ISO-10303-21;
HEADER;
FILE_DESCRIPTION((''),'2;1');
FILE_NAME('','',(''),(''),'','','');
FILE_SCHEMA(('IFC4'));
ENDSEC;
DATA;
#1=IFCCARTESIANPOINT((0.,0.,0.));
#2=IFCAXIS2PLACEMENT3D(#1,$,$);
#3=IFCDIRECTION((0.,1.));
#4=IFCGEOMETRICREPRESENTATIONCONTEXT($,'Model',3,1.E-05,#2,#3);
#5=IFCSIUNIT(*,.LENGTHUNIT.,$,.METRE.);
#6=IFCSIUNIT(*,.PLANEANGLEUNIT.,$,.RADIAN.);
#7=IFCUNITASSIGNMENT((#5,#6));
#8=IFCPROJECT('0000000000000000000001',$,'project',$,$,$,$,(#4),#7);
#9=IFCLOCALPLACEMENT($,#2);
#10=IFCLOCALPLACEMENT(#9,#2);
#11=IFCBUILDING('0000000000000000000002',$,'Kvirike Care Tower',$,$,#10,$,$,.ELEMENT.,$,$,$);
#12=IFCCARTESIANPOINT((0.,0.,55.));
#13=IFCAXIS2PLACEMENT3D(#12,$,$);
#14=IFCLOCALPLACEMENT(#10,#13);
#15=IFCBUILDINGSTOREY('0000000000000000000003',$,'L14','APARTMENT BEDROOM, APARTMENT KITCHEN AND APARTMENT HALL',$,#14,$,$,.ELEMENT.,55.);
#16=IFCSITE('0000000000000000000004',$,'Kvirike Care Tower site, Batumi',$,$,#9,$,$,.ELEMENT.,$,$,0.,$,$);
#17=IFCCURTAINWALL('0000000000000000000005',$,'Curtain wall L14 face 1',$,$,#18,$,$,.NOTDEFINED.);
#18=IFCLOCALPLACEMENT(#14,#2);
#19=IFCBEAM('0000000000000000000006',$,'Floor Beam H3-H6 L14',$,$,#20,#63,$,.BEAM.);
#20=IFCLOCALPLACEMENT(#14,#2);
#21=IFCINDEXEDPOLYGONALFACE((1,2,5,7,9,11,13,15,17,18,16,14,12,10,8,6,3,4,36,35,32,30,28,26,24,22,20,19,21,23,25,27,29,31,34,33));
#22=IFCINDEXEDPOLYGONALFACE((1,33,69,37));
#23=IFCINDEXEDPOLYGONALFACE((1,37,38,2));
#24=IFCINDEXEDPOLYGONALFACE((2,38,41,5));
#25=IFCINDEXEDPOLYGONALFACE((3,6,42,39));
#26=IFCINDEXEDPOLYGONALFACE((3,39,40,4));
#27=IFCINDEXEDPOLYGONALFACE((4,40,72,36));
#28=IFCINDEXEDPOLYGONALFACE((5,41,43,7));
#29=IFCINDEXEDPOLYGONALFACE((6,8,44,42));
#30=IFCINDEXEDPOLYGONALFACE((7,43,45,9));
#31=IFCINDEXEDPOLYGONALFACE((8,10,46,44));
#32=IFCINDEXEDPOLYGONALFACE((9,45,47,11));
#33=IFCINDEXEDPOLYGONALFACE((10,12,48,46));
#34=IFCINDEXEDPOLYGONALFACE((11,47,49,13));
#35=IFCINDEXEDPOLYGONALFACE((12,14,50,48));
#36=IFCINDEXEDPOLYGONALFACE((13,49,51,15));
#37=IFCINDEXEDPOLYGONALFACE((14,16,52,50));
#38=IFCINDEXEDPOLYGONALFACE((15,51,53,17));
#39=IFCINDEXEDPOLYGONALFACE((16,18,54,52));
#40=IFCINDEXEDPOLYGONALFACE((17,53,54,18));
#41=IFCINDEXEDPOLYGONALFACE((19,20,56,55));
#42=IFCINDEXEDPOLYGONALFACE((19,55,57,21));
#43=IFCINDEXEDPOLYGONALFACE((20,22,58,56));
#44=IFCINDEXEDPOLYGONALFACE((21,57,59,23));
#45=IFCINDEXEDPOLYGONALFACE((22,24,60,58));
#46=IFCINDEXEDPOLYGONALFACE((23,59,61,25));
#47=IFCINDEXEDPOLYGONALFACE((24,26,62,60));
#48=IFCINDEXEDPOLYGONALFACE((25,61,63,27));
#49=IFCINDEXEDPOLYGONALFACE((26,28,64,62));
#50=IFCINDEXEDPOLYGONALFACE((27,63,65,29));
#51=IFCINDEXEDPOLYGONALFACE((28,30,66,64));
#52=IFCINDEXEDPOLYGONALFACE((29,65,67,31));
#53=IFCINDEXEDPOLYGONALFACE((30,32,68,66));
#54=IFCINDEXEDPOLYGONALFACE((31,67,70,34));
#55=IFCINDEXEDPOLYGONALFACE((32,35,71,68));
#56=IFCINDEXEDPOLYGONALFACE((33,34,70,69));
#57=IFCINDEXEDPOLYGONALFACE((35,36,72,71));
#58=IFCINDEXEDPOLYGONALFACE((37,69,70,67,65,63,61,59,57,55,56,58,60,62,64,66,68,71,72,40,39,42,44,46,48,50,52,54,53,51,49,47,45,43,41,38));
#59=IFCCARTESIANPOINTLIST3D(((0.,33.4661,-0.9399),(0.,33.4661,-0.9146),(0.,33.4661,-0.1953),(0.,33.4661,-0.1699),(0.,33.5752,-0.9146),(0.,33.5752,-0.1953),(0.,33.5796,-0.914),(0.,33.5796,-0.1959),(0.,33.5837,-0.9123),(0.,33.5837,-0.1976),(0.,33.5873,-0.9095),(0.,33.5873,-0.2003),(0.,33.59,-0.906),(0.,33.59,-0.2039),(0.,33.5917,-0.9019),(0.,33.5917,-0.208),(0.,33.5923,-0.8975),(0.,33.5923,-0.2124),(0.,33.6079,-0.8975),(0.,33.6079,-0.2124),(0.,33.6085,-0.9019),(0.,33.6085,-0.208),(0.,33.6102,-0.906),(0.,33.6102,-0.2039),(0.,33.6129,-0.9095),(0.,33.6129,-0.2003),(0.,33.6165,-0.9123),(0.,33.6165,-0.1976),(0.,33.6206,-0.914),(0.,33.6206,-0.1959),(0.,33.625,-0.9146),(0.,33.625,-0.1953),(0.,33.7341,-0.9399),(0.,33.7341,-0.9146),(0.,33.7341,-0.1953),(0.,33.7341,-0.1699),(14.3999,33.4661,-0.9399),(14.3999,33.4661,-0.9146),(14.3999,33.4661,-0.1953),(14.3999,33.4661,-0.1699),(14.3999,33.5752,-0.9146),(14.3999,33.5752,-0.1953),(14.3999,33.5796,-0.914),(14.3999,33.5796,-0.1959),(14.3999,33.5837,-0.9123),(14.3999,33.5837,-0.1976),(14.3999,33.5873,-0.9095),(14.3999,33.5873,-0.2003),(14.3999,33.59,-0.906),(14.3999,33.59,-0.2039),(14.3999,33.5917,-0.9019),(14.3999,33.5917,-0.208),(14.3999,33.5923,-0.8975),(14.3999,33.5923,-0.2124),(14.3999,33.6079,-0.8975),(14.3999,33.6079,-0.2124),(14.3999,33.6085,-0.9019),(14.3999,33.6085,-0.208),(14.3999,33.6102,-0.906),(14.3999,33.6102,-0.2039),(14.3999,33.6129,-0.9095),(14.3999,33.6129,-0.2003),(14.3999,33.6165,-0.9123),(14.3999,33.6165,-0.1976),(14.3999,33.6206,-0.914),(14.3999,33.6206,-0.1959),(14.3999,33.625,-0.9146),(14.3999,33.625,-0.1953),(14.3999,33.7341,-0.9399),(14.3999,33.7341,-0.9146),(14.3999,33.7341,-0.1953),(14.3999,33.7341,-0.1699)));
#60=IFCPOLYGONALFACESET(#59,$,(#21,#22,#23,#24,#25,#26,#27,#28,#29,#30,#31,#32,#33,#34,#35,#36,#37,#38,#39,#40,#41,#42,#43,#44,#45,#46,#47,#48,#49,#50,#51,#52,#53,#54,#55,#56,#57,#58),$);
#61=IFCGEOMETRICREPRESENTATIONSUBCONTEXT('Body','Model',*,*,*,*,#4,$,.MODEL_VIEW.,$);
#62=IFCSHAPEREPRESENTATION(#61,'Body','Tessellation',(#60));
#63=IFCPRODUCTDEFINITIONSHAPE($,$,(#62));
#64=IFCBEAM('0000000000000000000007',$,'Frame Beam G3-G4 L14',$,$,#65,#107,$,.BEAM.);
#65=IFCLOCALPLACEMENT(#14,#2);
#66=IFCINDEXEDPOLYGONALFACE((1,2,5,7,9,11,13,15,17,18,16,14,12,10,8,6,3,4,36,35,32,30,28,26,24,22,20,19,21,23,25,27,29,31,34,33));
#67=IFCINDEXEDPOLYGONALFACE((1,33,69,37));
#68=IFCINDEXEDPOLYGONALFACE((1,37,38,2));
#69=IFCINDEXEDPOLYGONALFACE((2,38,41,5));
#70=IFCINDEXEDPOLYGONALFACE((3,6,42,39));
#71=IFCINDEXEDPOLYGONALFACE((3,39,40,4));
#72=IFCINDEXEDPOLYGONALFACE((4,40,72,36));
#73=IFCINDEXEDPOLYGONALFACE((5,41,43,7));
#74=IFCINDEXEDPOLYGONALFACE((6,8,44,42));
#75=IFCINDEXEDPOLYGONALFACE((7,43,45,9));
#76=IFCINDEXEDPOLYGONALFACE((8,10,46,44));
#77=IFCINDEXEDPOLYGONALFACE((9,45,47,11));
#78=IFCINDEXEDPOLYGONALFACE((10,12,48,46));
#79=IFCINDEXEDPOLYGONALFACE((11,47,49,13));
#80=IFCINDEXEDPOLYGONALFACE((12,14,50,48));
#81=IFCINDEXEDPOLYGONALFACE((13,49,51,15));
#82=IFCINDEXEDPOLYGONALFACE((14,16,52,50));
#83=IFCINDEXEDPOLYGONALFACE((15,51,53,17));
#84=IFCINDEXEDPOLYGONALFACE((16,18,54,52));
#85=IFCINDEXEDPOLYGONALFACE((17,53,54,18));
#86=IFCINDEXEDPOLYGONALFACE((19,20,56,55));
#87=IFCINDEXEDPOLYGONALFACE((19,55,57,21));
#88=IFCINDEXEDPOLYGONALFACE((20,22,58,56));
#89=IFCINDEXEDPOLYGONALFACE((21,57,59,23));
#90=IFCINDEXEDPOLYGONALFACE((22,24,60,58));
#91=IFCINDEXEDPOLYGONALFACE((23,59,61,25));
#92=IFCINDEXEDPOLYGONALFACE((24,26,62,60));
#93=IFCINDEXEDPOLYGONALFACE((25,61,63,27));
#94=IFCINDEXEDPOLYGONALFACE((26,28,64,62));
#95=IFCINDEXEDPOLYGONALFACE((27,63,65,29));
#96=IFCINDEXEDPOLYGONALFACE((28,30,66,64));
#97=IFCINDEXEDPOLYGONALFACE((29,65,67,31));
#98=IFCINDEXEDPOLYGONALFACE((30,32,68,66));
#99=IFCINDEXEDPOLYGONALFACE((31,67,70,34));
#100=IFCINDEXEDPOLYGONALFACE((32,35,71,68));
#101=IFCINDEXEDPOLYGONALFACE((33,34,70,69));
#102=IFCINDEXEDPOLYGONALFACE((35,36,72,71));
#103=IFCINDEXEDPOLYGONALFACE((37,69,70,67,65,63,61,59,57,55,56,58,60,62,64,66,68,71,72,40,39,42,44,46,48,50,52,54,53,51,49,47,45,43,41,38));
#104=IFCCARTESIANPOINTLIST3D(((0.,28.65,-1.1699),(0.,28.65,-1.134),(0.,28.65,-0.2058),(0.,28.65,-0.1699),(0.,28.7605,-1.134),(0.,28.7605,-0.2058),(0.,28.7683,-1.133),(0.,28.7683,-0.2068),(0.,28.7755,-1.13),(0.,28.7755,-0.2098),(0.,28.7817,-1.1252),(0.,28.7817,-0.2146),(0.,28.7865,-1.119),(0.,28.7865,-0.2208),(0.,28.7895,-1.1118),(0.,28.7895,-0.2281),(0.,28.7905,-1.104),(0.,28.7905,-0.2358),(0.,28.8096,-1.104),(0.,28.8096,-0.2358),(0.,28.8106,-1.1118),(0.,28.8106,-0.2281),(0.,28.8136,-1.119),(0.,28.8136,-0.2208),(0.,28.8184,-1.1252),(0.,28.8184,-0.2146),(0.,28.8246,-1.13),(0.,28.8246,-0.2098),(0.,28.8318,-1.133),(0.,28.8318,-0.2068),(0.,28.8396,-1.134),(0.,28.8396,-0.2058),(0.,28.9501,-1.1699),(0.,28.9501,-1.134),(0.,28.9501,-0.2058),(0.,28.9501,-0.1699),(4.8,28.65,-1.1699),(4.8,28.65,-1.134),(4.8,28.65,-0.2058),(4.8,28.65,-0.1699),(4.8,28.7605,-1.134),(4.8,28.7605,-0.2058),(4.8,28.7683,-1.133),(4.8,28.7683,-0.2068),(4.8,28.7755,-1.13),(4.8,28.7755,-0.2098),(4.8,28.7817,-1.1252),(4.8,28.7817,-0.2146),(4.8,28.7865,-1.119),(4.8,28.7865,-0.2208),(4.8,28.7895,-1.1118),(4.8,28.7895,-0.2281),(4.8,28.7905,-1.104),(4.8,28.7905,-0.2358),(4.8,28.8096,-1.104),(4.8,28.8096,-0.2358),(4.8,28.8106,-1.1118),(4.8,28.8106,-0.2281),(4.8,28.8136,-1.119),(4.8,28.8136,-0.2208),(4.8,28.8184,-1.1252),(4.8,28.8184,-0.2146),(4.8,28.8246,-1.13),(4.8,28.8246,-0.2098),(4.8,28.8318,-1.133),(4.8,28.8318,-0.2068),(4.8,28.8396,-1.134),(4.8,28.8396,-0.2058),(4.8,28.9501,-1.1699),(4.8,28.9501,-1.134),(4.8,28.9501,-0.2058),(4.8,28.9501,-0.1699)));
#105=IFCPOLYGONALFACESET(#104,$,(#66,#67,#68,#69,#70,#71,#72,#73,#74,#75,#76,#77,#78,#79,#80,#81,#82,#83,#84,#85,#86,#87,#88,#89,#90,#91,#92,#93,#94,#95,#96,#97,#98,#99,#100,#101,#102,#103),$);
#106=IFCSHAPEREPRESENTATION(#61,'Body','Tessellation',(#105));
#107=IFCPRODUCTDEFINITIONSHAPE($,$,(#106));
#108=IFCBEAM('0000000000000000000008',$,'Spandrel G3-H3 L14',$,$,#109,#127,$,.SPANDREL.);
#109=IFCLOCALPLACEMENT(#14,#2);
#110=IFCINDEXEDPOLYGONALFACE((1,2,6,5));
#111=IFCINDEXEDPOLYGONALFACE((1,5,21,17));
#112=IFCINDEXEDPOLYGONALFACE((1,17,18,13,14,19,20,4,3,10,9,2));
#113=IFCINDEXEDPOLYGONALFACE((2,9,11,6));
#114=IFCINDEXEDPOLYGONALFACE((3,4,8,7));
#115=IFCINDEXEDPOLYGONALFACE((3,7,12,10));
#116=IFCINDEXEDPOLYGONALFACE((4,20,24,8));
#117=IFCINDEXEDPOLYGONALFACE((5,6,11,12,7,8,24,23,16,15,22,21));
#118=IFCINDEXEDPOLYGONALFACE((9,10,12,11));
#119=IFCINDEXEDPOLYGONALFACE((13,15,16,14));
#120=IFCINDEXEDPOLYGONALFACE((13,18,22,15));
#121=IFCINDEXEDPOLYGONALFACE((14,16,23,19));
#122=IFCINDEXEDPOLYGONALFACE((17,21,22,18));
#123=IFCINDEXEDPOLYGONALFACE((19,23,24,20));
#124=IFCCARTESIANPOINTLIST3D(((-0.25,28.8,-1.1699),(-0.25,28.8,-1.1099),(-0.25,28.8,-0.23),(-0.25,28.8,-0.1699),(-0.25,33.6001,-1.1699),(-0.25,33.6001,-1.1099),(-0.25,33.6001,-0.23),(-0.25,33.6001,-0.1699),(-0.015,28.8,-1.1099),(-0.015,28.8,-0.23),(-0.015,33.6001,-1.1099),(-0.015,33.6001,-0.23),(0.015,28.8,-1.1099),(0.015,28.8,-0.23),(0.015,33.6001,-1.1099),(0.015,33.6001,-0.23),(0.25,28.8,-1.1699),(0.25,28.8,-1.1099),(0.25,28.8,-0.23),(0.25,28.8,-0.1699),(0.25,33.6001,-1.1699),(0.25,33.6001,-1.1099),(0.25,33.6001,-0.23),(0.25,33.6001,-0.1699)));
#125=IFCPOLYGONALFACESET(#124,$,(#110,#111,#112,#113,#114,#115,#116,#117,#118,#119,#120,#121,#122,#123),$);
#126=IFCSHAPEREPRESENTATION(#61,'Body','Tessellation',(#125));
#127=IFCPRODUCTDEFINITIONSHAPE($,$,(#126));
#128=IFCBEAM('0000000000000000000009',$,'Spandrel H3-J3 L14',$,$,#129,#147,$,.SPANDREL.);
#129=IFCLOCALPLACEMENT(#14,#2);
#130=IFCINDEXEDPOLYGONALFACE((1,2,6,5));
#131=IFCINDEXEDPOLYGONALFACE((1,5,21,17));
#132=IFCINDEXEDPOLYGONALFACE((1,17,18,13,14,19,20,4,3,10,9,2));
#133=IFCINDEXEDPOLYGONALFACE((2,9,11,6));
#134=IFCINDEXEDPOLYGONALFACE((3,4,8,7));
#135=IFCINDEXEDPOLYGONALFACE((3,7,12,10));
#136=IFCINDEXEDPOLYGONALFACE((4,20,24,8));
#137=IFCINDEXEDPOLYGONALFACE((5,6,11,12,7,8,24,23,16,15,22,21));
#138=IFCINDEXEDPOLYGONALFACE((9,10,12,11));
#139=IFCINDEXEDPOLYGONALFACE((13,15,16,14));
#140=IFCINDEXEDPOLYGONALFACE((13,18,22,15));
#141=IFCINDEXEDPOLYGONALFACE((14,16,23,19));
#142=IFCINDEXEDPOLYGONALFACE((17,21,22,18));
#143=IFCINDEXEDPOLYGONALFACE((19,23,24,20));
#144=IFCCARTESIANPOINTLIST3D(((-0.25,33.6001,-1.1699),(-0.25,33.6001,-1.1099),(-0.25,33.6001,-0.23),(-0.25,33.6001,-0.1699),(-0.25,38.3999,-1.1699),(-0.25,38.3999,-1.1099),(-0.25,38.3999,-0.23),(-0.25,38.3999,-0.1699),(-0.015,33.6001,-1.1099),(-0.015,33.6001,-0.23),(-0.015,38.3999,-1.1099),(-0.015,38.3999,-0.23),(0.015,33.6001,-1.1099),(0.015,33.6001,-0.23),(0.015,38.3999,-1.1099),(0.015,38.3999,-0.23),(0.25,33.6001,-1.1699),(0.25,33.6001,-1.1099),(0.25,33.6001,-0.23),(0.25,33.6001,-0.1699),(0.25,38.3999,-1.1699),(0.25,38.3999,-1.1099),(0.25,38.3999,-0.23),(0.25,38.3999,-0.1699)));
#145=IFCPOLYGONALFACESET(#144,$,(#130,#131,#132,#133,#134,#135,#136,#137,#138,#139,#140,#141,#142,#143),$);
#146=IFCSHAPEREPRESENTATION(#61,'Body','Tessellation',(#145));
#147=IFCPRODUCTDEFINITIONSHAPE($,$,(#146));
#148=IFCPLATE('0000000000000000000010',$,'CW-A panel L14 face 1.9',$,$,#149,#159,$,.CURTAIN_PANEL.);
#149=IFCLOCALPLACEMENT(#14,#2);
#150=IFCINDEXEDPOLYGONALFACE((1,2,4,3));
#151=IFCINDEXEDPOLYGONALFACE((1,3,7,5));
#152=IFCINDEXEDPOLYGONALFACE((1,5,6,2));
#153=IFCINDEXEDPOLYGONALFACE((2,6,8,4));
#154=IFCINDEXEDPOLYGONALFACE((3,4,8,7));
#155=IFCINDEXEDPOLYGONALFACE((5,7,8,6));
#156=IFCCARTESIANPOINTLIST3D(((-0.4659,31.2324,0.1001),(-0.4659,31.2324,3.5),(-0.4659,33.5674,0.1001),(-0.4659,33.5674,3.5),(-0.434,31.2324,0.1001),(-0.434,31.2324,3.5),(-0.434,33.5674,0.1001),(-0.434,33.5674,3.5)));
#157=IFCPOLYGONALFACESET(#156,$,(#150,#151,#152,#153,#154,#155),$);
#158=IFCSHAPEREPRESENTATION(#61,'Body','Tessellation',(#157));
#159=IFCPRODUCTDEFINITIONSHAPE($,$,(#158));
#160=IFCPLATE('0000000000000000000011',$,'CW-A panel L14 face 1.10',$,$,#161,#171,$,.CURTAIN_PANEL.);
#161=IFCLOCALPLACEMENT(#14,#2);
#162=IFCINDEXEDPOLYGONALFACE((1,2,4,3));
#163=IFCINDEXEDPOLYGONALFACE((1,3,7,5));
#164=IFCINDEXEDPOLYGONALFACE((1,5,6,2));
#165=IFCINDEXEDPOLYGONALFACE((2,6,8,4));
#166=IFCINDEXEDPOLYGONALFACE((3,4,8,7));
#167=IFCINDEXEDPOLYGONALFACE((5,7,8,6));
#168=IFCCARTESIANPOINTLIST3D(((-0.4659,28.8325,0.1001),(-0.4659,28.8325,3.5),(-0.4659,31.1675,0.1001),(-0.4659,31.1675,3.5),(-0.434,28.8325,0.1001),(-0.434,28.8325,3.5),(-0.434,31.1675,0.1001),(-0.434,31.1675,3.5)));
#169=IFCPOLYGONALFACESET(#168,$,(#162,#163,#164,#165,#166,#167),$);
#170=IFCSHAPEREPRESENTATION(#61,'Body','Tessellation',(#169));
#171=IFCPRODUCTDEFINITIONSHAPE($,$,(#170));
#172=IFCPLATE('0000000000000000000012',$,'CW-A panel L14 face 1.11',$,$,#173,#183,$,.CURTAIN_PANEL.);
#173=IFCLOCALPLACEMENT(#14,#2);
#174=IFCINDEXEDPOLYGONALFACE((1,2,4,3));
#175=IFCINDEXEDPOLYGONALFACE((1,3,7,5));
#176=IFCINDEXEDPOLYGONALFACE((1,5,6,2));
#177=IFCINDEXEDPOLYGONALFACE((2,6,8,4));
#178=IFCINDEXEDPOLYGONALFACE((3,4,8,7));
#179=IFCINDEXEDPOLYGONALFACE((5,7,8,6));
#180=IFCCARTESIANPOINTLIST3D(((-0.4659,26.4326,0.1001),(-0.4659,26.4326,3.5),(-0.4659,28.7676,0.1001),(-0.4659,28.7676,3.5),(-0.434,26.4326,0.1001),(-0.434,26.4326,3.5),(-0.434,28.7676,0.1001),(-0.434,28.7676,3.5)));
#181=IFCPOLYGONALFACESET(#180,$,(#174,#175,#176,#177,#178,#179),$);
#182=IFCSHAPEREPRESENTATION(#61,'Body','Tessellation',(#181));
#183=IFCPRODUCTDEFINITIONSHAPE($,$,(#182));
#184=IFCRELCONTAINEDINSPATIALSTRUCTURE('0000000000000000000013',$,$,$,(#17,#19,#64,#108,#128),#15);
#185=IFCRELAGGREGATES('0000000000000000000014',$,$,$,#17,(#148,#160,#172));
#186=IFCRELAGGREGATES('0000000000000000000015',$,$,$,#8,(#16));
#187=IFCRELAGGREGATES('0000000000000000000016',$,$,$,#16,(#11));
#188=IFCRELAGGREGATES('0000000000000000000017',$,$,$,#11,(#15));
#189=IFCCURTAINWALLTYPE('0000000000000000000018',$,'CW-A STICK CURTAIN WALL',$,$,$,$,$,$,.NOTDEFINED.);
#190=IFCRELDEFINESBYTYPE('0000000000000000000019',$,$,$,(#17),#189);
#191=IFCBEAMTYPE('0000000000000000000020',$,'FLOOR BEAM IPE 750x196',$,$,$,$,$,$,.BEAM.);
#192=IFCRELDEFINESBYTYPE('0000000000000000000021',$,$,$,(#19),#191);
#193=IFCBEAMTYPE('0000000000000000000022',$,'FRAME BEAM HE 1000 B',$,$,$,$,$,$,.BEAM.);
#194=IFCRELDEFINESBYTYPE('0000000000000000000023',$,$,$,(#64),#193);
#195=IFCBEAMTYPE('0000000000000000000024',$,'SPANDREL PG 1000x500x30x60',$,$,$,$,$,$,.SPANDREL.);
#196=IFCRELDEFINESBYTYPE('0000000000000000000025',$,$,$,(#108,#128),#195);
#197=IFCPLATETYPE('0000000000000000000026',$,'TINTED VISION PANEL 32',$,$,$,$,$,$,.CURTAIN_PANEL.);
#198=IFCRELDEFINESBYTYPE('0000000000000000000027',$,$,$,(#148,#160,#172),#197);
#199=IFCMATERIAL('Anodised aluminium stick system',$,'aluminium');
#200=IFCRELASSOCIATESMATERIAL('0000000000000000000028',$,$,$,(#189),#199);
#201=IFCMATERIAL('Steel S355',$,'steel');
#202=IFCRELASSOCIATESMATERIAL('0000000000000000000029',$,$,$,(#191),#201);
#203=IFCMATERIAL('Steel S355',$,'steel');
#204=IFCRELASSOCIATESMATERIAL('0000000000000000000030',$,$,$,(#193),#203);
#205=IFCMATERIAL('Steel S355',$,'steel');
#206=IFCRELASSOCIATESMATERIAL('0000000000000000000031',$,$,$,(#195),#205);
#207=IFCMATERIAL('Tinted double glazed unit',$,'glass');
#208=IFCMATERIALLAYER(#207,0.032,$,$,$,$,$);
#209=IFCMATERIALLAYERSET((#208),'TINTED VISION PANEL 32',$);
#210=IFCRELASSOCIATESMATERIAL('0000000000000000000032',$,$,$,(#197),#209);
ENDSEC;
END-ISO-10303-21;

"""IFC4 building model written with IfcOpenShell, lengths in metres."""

from ifc_helpers import new_model, si_unit, direction, frame, origin, origin_2d, place, context, subcontext, project, spatial, rectangle, i_section, extrude, material, layer, layer_set, material_profile, profile_set, type_object, element, aggregate, save


model = new_model("IFC4")

# Units and contexts
model_context = context("Model", 3, precision=1e-05, world=origin(), true_north=direction((0.0, 1.0)))
body_context = subcontext(model_context, "Body", "Model", "MODEL_VIEW")
ifc_project = project(units=[si_unit("LENGTHUNIT", "METRE"), si_unit("PLANEANGLEUNIT", "RADIAN")], contexts=[model_context])

# Site, building, storey
site_placement = place(None, origin())
site = spatial("IfcSite", under=ifc_project, at=site_placement, Name="Kvirike Care Tower site, Batumi", CompositionType="ELEMENT", RefElevation=0.0)
building_placement = place(site_placement, origin())
building = spatial("IfcBuilding", under=site, at=building_placement, Name="Kvirike Care Tower", CompositionType="ELEMENT")
storey_placement = place(building_placement, frame((0.0, 0.0, 55.0)))
storey = spatial("IfcBuildingStorey", under=building, at=storey_placement, Name="L14", Description="APARTMENT BEDROOM, APARTMENT KITCHEN AND APARTMENT HALL", CompositionType="ELEMENT", Elevation=55.0)

# Curtain wall
ifc_material_1 = material(Name="Anodised aluminium stick system", Category="aluminium")
curtain_wall_type = type_object("IfcCurtainWallType", Name="CW-A STICK CURTAIN WALL", PredefinedType="NOTDEFINED", material=ifc_material_1)
curtain_wall_placement = place(storey_placement, origin())
curtain_wall = element("IfcCurtainWall", 1, at=curtain_wall_placement, inside=storey, type_object=curtain_wall_type, Name="Curtain wall L14 face 1", PredefinedType="NOTDEFINED")

# Beams
ifc_material_2 = material(Name="Steel S355", Category="steel")
ifc_material_profile_1 = material_profile(ifc_material_2, i_section(OverallWidth=0.2681, OverallDepth=0.77, WebThickness=0.0156, FlangeThickness=0.0254, FilletRadius=0.0171, at=origin_2d()), Name="IPE 750x196")
ifc_profile_set_1 = profile_set([ifc_material_profile_1], Name="Steel S355")
beam_type_1 = type_object("IfcBeamType", Name="FLOOR BEAM IPE 750x196", PredefinedType="BEAM", material=ifc_profile_set_1)
beam_1_placement = place(storey_placement, frame((0.0, 33.6001, -0.5549), z_axis=(1.0, 0.0, 0.0), x_axis=(0.0, 1.0, 0.0)))
element("IfcBeam", 2, at=beam_1_placement, inside=storey, type_object=beam_type_1, Name="Floor Beam H3-H6 L14", PredefinedType="BEAM", context=body_context, shape_type="SweptSolid", body=[
    extrude(i_section(OverallWidth=0.2681, OverallDepth=0.77, WebThickness=0.0156, FlangeThickness=0.0254, FilletRadius=0.0171, at=origin_2d()), origin(), (0.0, 0.0, 1.0), 14.3999),
])
ifc_material_3 = material(Name="Steel S355", Category="steel")
ifc_material_profile_2 = material_profile(ifc_material_3, i_section(OverallWidth=0.3, OverallDepth=1.0, WebThickness=0.019, FlangeThickness=0.0359, FilletRadius=0.03, at=origin_2d()), Name="HE 1000 B")
ifc_profile_set_2 = profile_set([ifc_material_profile_2], Name="Steel S355")
beam_type_2 = type_object("IfcBeamType", Name="FRAME BEAM HE 1000 B", PredefinedType="BEAM", material=ifc_profile_set_2)
beam_2_placement = place(storey_placement, frame((0.0, 28.8, -0.6699), z_axis=(1.0, 0.0, 0.0), x_axis=(0.0, 1.0, 0.0)))
element("IfcBeam", 3, at=beam_2_placement, inside=storey, type_object=beam_type_2, Name="Frame Beam G3-G4 L14", PredefinedType="BEAM", context=body_context, shape_type="SweptSolid", body=[
    extrude(i_section(OverallWidth=0.3, OverallDepth=1.0, WebThickness=0.019, FlangeThickness=0.0359, FilletRadius=0.03, at=origin_2d()), origin(), (0.0, 0.0, 1.0), 4.8),
])
ifc_material_4 = material(Name="Steel S355", Category="steel")
ifc_material_profile_3 = material_profile(ifc_material_4, i_section(OverallWidth=0.5, OverallDepth=1.0, WebThickness=0.03, FlangeThickness=0.0601, at=origin_2d()), Name="PG 1000x500x30x60")
ifc_profile_set_3 = profile_set([ifc_material_profile_3], Name="Steel S355")
beam_type_3 = type_object("IfcBeamType", Name="SPANDREL PG 1000x500x30x60", PredefinedType="SPANDREL", material=ifc_profile_set_3)
beam_3_placement = place(storey_placement, frame((0.0, 28.8, -0.6699), z_axis=(0.0, 1.0, 0.0), x_axis=(-1.0, 0.0, 0.0)))
element("IfcBeam", 4, at=beam_3_placement, inside=storey, type_object=beam_type_3, Name="Spandrel G3-H3 L14", PredefinedType="SPANDREL", context=body_context, shape_type="SweptSolid", body=[
    extrude(i_section(OverallWidth=0.5, OverallDepth=1.0, WebThickness=0.03, FlangeThickness=0.0601, at=origin_2d()), origin(), (0.0, 0.0, 1.0), 4.8),
])
beam_4_placement = place(storey_placement, frame((0.0, 33.6001, -0.6699), z_axis=(0.0, 1.0, 0.0), x_axis=(-1.0, 0.0, 0.0)))
element("IfcBeam", 5, at=beam_4_placement, inside=storey, type_object=beam_type_3, Name="Spandrel H3-J3 L14", PredefinedType="SPANDREL", context=body_context, shape_type="SweptSolid", body=[
    extrude(i_section(OverallWidth=0.5, OverallDepth=1.0, WebThickness=0.03, FlangeThickness=0.0601, at=origin_2d()), origin(), (0.0, 0.0, 1.0), 4.7998),
])

# Plates
ifc_material_5 = material(Name="Tinted double glazed unit", Category="glass")
ifc_layer_1 = layer(ifc_material_5, 0.032)
ifc_layer_set_1 = layer_set([ifc_layer_1], Name="TINTED VISION PANEL 32")
plate_type = type_object("IfcPlateType", Name="TINTED VISION PANEL 32", PredefinedType="CURTAIN_PANEL", material=ifc_layer_set_1)
plate_1_placement = place(storey_placement, frame((-0.45, 32.3999, 0.1001), z_axis=(0.0, 0.0, 1.0), x_axis=(0.0, -1.0, 0.0)))
plate_1 = element("IfcPlate", 6, at=plate_1_placement, type_object=plate_type, Name="CW-A panel L14 face 1.9", PredefinedType="CURTAIN_PANEL", context=body_context, shape_type="SweptSolid", body=[
    extrude(rectangle(XDim=2.335, YDim=0.032, at=origin_2d()), origin(), (0.0, 0.0, 1.0), 3.3999),
])
plate_2_placement = place(storey_placement, frame((-0.45, 30.0, 0.1001), z_axis=(0.0, 0.0, 1.0), x_axis=(0.0, -1.0, 0.0)))
plate_2 = element("IfcPlate", 7, at=plate_2_placement, type_object=plate_type, Name="CW-A panel L14 face 1.10", PredefinedType="CURTAIN_PANEL", context=body_context, shape_type="SweptSolid", body=[
    extrude(rectangle(XDim=2.335, YDim=0.032, at=origin_2d()), origin(), (0.0, 0.0, 1.0), 3.3999),
])
plate_3_placement = place(storey_placement, frame((-0.45, 27.6001, 0.1001), z_axis=(0.0, 0.0, 1.0), x_axis=(0.0, -1.0, 0.0)))
plate_3 = element("IfcPlate", 8, at=plate_3_placement, type_object=plate_type, Name="CW-A panel L14 face 1.11", PredefinedType="CURTAIN_PANEL", context=body_context, shape_type="SweptSolid", body=[
    extrude(rectangle(XDim=2.335, YDim=0.032, at=origin_2d()), origin(), (0.0, 0.0, 1.0), 3.3999),
])
aggregate(curtain_wall, [plate_1, plate_2, plate_3])

save(model, "model.ifc")
